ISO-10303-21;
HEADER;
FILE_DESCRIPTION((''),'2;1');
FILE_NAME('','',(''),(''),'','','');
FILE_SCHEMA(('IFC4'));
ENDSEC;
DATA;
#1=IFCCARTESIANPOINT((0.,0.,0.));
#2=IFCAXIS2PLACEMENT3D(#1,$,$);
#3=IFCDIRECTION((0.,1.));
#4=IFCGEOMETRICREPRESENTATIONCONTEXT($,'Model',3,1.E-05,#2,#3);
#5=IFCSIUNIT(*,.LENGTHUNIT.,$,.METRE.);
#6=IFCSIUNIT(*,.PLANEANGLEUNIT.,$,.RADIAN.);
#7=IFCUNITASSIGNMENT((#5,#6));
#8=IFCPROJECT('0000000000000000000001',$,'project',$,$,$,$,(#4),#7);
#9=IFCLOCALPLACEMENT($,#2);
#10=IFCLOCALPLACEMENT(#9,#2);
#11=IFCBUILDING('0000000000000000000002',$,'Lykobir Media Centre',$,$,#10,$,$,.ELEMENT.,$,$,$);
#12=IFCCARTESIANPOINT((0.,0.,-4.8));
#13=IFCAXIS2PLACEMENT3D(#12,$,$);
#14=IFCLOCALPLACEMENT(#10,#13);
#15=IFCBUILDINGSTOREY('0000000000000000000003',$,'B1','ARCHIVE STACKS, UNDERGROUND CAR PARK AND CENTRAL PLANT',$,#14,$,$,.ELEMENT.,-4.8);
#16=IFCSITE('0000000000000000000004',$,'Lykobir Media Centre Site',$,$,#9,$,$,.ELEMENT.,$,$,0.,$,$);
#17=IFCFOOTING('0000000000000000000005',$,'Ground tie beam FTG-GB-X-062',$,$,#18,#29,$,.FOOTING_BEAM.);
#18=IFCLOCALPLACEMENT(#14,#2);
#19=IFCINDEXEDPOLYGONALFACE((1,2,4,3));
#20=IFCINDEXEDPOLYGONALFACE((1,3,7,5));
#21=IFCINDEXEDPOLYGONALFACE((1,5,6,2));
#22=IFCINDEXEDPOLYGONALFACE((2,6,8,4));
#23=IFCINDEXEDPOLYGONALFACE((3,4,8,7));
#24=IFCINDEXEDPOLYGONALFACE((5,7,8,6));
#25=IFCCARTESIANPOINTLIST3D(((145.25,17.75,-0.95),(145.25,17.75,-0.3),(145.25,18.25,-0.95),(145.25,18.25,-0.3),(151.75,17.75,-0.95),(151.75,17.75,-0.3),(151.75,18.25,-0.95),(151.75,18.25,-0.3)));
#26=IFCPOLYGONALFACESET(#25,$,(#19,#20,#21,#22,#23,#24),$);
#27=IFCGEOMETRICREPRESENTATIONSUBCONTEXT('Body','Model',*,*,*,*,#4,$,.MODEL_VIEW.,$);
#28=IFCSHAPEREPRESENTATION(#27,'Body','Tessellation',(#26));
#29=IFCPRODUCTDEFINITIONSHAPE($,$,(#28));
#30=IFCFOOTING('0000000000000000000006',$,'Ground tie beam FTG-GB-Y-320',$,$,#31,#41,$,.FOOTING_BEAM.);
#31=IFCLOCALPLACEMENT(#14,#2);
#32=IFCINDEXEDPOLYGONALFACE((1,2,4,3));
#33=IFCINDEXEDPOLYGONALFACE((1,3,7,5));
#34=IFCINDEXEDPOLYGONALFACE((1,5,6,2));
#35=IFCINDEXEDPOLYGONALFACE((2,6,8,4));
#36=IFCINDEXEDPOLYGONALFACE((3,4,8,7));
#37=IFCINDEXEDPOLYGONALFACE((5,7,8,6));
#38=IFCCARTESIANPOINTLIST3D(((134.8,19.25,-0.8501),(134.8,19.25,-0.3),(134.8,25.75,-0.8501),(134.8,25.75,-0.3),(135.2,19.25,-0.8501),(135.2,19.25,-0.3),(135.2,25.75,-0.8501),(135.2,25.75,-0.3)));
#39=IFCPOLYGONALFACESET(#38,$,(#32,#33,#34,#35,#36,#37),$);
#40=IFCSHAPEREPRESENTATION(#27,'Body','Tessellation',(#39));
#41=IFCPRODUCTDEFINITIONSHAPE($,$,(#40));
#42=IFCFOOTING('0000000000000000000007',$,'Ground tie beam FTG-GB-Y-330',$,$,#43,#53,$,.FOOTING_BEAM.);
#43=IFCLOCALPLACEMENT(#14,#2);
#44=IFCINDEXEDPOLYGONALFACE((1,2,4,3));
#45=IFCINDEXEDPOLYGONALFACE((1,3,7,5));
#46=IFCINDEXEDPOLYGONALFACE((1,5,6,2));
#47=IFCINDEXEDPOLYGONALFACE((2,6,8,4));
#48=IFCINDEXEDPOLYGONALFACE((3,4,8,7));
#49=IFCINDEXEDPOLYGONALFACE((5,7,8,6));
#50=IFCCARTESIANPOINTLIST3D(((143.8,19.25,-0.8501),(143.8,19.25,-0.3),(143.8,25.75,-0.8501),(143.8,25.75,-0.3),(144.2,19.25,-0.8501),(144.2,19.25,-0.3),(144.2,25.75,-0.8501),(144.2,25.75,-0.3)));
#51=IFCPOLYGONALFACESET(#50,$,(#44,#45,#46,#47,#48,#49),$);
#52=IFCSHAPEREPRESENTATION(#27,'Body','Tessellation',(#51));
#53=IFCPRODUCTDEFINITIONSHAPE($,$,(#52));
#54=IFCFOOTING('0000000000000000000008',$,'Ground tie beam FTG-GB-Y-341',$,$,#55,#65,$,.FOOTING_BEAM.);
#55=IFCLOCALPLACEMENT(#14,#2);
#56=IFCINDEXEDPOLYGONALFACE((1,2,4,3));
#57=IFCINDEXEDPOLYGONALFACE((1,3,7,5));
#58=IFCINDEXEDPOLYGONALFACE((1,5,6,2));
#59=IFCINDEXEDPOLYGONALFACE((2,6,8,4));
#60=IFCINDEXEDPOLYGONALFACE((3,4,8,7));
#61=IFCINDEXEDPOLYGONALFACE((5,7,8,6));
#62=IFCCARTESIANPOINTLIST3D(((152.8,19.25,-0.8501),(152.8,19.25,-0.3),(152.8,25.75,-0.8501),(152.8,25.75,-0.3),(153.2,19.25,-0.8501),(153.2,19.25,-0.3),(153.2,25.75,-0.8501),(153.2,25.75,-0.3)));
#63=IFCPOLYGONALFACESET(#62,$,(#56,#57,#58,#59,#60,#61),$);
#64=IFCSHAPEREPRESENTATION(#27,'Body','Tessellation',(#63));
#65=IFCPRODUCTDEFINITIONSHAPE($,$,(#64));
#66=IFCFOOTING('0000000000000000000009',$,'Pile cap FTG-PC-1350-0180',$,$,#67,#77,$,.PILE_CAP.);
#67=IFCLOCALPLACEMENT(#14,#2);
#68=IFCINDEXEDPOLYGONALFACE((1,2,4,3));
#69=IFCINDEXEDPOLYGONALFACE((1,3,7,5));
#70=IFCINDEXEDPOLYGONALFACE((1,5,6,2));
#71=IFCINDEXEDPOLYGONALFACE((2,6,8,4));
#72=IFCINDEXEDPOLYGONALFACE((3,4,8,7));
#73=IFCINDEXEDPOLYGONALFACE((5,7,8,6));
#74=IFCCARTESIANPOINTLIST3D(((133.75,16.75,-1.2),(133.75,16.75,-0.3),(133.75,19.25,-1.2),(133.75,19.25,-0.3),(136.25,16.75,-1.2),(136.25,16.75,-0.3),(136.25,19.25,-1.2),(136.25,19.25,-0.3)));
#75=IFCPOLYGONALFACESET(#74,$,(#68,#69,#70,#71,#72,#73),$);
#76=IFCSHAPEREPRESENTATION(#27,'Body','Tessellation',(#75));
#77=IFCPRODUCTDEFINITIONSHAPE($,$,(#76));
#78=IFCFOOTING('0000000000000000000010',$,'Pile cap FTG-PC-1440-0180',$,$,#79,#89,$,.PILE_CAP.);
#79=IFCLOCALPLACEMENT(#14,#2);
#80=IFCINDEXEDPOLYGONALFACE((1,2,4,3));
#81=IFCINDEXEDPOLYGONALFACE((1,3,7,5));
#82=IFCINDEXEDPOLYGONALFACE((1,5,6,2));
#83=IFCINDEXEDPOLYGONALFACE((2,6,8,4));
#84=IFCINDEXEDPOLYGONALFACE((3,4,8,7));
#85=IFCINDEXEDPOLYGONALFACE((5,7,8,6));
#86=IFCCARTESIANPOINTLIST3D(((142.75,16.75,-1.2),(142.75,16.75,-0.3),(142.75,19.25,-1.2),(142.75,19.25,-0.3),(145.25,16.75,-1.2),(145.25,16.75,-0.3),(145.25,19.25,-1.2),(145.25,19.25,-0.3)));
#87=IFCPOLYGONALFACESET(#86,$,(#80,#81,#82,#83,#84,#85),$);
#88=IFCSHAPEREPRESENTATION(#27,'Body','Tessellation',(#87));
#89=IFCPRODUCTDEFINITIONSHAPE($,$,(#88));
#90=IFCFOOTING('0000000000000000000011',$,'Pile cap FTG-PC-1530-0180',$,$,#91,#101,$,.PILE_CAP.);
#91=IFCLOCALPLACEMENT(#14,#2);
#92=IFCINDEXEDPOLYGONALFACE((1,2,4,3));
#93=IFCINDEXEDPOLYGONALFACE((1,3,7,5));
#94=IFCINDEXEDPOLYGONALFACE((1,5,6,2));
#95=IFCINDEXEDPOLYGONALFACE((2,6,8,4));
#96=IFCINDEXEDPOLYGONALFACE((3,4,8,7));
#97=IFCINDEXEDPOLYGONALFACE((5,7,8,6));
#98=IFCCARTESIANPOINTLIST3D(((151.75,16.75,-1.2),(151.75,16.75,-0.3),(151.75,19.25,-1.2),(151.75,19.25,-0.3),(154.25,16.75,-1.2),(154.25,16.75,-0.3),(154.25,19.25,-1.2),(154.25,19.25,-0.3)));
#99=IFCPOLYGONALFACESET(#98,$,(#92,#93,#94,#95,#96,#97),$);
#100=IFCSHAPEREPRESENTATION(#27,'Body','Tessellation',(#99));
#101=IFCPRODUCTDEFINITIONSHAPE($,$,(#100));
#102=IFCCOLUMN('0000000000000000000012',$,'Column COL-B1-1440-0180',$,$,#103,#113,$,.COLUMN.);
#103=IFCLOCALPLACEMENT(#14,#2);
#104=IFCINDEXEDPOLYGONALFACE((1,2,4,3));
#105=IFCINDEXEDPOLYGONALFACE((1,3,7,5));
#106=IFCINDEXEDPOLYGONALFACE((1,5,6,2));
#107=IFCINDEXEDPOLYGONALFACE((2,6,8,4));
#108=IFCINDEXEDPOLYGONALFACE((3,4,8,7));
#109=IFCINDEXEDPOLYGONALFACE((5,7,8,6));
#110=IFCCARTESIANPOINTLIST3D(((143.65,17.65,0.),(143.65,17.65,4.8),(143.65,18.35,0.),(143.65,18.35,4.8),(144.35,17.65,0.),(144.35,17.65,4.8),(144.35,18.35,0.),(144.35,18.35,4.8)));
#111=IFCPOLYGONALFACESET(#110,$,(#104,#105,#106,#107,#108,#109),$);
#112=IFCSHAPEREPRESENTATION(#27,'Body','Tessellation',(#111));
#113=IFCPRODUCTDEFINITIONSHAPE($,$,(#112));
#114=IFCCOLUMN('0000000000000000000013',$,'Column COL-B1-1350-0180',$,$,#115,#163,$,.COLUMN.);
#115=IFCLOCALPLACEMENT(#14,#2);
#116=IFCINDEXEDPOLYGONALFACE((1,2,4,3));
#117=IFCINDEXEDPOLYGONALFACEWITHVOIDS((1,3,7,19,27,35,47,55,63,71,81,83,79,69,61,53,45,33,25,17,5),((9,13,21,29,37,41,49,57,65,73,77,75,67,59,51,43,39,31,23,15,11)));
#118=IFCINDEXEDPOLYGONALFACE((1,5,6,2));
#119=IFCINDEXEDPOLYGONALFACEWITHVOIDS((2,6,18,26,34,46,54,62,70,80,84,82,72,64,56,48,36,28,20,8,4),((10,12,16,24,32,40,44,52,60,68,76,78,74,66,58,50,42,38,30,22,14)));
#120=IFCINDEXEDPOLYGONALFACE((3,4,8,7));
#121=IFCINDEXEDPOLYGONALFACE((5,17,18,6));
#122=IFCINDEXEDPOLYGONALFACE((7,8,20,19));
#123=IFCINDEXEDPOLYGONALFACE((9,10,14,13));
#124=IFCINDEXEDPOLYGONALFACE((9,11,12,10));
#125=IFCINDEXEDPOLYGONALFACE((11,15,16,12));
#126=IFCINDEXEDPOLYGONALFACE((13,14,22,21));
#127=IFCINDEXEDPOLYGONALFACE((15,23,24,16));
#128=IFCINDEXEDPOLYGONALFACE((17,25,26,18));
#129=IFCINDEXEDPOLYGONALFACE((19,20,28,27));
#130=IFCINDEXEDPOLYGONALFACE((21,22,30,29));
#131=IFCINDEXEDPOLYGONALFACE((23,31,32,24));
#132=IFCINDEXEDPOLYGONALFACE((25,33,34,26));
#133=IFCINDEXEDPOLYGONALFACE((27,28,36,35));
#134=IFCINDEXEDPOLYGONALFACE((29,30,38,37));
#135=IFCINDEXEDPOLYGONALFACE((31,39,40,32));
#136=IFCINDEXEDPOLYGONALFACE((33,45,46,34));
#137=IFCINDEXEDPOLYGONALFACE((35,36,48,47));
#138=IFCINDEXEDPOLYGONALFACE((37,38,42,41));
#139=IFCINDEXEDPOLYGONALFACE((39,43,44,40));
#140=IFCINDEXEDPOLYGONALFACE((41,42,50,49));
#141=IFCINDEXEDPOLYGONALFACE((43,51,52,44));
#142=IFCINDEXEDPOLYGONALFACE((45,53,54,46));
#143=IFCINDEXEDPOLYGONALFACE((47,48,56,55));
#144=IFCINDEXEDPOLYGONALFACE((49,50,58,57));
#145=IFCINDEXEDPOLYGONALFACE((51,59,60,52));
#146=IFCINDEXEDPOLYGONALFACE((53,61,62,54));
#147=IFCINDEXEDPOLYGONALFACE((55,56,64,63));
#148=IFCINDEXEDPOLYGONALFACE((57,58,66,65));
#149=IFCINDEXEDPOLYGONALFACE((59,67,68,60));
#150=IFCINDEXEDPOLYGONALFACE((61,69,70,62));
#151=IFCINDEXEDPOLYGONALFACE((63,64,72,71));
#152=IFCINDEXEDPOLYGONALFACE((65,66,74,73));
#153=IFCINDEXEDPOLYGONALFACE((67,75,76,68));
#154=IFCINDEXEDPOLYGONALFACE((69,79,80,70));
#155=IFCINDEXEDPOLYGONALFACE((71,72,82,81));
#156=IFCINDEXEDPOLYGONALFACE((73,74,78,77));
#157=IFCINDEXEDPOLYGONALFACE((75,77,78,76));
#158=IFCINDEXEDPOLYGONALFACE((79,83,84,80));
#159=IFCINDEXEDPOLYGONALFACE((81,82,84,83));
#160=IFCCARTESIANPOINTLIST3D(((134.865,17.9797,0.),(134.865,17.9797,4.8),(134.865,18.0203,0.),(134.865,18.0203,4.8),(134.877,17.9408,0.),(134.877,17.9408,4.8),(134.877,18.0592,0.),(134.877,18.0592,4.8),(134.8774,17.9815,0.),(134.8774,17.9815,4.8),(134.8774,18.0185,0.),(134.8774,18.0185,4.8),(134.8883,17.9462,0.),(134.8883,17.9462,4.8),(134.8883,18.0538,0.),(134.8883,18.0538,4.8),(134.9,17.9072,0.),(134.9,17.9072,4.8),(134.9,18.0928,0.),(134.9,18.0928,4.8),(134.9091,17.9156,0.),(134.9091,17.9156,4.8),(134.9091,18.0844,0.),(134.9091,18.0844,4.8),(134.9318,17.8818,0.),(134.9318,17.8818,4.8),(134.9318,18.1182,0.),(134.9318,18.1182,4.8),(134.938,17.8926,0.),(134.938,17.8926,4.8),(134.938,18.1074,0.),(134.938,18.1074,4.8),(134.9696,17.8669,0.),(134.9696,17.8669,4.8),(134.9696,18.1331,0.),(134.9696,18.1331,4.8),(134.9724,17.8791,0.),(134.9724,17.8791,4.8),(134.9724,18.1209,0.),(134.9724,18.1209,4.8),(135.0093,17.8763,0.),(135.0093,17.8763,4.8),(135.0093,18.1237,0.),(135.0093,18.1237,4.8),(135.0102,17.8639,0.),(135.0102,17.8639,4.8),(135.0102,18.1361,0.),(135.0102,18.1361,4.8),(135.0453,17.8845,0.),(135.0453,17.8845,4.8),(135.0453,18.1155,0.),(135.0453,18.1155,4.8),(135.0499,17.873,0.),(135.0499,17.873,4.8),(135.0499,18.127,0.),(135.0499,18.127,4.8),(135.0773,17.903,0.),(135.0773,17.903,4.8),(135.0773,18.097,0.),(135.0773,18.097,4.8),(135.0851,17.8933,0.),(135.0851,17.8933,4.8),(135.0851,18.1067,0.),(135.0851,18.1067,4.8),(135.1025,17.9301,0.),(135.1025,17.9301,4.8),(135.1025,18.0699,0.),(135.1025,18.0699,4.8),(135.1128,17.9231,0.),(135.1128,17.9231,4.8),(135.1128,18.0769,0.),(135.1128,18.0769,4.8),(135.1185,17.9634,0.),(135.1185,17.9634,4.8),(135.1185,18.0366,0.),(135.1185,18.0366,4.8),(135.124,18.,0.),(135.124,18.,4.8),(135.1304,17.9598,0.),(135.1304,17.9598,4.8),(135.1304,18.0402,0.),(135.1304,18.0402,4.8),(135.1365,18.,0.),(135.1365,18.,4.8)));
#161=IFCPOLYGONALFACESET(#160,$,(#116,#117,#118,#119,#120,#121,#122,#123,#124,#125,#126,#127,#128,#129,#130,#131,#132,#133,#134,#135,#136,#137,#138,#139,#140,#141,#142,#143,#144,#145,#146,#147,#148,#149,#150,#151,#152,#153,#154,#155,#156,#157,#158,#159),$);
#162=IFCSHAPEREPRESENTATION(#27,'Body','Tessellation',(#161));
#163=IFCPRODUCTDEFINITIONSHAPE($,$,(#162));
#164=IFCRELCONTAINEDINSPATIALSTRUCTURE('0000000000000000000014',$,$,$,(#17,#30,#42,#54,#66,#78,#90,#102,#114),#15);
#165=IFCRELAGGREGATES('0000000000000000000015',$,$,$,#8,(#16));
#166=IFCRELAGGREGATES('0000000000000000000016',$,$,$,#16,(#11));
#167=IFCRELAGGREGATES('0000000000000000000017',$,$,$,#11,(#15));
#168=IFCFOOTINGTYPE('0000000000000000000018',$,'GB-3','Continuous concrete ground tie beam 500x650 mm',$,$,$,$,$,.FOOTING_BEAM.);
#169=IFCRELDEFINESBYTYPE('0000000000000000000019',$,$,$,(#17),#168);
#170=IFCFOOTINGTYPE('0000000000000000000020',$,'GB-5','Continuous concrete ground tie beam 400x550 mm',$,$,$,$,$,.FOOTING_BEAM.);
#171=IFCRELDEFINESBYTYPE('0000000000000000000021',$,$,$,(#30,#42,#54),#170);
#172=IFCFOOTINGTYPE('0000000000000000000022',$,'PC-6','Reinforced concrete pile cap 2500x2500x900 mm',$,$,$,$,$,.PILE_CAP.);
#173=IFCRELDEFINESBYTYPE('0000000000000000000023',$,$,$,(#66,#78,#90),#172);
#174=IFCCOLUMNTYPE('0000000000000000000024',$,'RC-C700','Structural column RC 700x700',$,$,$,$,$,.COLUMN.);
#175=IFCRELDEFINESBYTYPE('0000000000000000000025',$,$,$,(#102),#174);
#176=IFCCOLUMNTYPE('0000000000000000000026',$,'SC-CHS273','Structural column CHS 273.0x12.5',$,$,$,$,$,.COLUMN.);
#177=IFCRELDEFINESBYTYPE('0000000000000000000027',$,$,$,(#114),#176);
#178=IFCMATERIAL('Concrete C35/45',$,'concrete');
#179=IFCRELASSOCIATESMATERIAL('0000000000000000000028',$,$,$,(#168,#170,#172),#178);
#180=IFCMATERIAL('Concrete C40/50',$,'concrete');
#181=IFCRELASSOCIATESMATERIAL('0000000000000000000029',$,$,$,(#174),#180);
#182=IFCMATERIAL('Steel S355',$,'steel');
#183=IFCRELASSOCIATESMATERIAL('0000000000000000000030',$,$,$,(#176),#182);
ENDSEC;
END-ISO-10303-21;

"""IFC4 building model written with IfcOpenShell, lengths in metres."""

from ifc_helpers import new_model, si_unit, direction, frame, origin, origin_2d, place, context, subcontext, project, spatial, rectangle, hollow_circle, extrude, material, material_profile, profile_set, type_object, element, save


model = new_model("IFC4")

# Units and contexts
model_context = context("Model", 3, precision=1e-05, world=origin(), true_north=direction((0.0, 1.0)))
body_context = subcontext(model_context, "Body", "Model", "MODEL_VIEW")
ifc_project = project(units=[si_unit("LENGTHUNIT", "METRE"), si_unit("PLANEANGLEUNIT", "RADIAN")], contexts=[model_context])

# Site, building, storey
site_placement = place(None, origin())
site = spatial("IfcSite", under=ifc_project, at=site_placement, Name="Lykobir Media Centre Site", CompositionType="ELEMENT", RefElevation=0.0)
building_placement = place(site_placement, origin())
building = spatial("IfcBuilding", under=site, at=building_placement, Name="Lykobir Media Centre", CompositionType="ELEMENT")
storey_placement = place(building_placement, frame((0.0, 0.0, -4.8)))
storey = spatial("IfcBuildingStorey", under=building, at=storey_placement, Name="B1", Description="ARCHIVE STACKS, UNDERGROUND CAR PARK AND CENTRAL PLANT", CompositionType="ELEMENT", Elevation=-4.8)

# Footings
ifc_material_1 = material(Name="Concrete C35/45", Category="concrete")
footing_type_1 = type_object("IfcFootingType", Name="GB-3", Description="Continuous concrete ground tie beam 500x650 mm", PredefinedType="FOOTING_BEAM", material=ifc_material_1)
for number, where, z_axis, x_axis, name in (
    (1, (148.5, 18.0, -0.95), (0.0, 0.0, 1.0), (1.0, 0.0, 0.0), "Ground tie beam FTG-GB-X-062"),
):
    element("IfcFooting", number, at=place(storey_placement, frame(where, z_axis=z_axis, x_axis=x_axis)), inside=storey, type_object=footing_type_1, Name=name, PredefinedType="FOOTING_BEAM", context=body_context, shape_type="SweptSolid", body=[
        extrude(rectangle(XDim=6.5, YDim=0.5, at=origin_2d()), origin(), (0.0, 0.0, 1.0), 0.6499),
    ])
footing_type_2 = type_object("IfcFootingType", Name="GB-5", Description="Continuous concrete ground tie beam 400x550 mm", PredefinedType="FOOTING_BEAM", material=ifc_material_1)
for number, where, z_axis, x_axis, name in (
    (2, (135.0, 22.5, -0.8501), (0.0, 0.0, 1.0), (0.0, 1.0, 0.0), "Ground tie beam FTG-GB-Y-320"),
    (3, (144.0, 22.5, -0.8501), (0.0, 0.0, 1.0), (0.0, 1.0, 0.0), "Ground tie beam FTG-GB-Y-330"),
    (4, (153.0, 22.5, -0.8501), (0.0, 0.0, 1.0), (0.0, 1.0, 0.0), "Ground tie beam FTG-GB-Y-341"),
):
    element("IfcFooting", number, at=place(storey_placement, frame(where, z_axis=z_axis, x_axis=x_axis)), inside=storey, type_object=footing_type_2, Name=name, PredefinedType="FOOTING_BEAM", context=body_context, shape_type="SweptSolid", body=[
        extrude(rectangle(XDim=6.5, YDim=0.3999, at=origin_2d()), origin(), (0.0, 0.0, 1.0), 0.55),
    ])
footing_type_3 = type_object("IfcFootingType", Name="PC-6", Description="Reinforced concrete pile cap 2500x2500x900 mm", PredefinedType="PILE_CAP", material=ifc_material_1)
for number, where, z_axis, x_axis, name in (
    (5, (135.0, 18.0, -1.2), (0.0, 0.0, 1.0), (1.0, 0.0, 0.0), "Pile cap FTG-PC-1350-0180"),
    (6, (144.0, 18.0, -1.2), (0.0, 0.0, 1.0), (1.0, 0.0, 0.0), "Pile cap FTG-PC-1440-0180"),
    (7, (153.0, 18.0, -1.2), (0.0, 0.0, 1.0), (1.0, 0.0, 0.0), "Pile cap FTG-PC-1530-0180"),
):
    element("IfcFooting", number, at=place(storey_placement, frame(where, z_axis=z_axis, x_axis=x_axis)), inside=storey, type_object=footing_type_3, Name=name, PredefinedType="PILE_CAP", context=body_context, shape_type="SweptSolid", body=[
        extrude(rectangle(XDim=2.5, YDim=2.5, at=origin_2d()), origin(), (0.0, 0.0, 1.0), 0.8999),
    ])

# Columns
ifc_material_2 = material(Name="Concrete C40/50", Category="concrete")
ifc_material_profile_1 = material_profile(ifc_material_2, rectangle(XDim=0.7, YDim=0.7, at=origin_2d()), Name="RC 700x700")
ifc_profile_set_1 = profile_set([ifc_material_profile_1], Name="Concrete C40/50")
column_type_1 = type_object("IfcColumnType", Name="RC-C700", Description="Structural column RC 700x700", PredefinedType="COLUMN", material=ifc_profile_set_1)
column_placement = place(storey_placement, frame((144.0, 18.0, 0.0), z_axis=(0.0, 0.0, 1.0), x_axis=(1.0, 0.0, 0.0)))
element("IfcColumn", 8, at=column_placement, inside=storey, type_object=column_type_1, Name="Column COL-B1-1440-0180", PredefinedType="COLUMN", context=body_context, shape_type="SweptSolid", body=[
    extrude(rectangle(XDim=0.7, YDim=0.7, at=origin_2d()), origin(), (0.0, 0.0, 1.0), 4.8),
])
ifc_material_3 = material(Name="Steel S355", Category="steel")
ifc_material_profile_2 = material_profile(ifc_material_3, hollow_circle(Radius=0.1365, WallThickness=0.0125, at=origin_2d()), Name="CHS 273.0x12.5")
ifc_profile_set_2 = profile_set([ifc_material_profile_2], Name="Steel S355")
column_type_2 = type_object("IfcColumnType", Name="SC-CHS273", Description="Structural column CHS 273.0x12.5", PredefinedType="COLUMN", material=ifc_profile_set_2)
for number, where, z_axis, x_axis, name in (
    (9, (135.0, 18.0, 0.0), (0.0, 0.0, 1.0), (1.0, 0.0, 0.0), "Column COL-B1-1350-0180"),
):
    element("IfcColumn", number, at=place(storey_placement, frame(where, z_axis=z_axis, x_axis=x_axis)), inside=storey, type_object=column_type_2, Name=name, PredefinedType="COLUMN", context=body_context, shape_type="SweptSolid", body=[
        extrude(hollow_circle(Radius=0.1365, WallThickness=0.0125, at=origin_2d()), origin(), (0.0, 0.0, 1.0), 4.8),
    ])

save(model, "model.ifc")
